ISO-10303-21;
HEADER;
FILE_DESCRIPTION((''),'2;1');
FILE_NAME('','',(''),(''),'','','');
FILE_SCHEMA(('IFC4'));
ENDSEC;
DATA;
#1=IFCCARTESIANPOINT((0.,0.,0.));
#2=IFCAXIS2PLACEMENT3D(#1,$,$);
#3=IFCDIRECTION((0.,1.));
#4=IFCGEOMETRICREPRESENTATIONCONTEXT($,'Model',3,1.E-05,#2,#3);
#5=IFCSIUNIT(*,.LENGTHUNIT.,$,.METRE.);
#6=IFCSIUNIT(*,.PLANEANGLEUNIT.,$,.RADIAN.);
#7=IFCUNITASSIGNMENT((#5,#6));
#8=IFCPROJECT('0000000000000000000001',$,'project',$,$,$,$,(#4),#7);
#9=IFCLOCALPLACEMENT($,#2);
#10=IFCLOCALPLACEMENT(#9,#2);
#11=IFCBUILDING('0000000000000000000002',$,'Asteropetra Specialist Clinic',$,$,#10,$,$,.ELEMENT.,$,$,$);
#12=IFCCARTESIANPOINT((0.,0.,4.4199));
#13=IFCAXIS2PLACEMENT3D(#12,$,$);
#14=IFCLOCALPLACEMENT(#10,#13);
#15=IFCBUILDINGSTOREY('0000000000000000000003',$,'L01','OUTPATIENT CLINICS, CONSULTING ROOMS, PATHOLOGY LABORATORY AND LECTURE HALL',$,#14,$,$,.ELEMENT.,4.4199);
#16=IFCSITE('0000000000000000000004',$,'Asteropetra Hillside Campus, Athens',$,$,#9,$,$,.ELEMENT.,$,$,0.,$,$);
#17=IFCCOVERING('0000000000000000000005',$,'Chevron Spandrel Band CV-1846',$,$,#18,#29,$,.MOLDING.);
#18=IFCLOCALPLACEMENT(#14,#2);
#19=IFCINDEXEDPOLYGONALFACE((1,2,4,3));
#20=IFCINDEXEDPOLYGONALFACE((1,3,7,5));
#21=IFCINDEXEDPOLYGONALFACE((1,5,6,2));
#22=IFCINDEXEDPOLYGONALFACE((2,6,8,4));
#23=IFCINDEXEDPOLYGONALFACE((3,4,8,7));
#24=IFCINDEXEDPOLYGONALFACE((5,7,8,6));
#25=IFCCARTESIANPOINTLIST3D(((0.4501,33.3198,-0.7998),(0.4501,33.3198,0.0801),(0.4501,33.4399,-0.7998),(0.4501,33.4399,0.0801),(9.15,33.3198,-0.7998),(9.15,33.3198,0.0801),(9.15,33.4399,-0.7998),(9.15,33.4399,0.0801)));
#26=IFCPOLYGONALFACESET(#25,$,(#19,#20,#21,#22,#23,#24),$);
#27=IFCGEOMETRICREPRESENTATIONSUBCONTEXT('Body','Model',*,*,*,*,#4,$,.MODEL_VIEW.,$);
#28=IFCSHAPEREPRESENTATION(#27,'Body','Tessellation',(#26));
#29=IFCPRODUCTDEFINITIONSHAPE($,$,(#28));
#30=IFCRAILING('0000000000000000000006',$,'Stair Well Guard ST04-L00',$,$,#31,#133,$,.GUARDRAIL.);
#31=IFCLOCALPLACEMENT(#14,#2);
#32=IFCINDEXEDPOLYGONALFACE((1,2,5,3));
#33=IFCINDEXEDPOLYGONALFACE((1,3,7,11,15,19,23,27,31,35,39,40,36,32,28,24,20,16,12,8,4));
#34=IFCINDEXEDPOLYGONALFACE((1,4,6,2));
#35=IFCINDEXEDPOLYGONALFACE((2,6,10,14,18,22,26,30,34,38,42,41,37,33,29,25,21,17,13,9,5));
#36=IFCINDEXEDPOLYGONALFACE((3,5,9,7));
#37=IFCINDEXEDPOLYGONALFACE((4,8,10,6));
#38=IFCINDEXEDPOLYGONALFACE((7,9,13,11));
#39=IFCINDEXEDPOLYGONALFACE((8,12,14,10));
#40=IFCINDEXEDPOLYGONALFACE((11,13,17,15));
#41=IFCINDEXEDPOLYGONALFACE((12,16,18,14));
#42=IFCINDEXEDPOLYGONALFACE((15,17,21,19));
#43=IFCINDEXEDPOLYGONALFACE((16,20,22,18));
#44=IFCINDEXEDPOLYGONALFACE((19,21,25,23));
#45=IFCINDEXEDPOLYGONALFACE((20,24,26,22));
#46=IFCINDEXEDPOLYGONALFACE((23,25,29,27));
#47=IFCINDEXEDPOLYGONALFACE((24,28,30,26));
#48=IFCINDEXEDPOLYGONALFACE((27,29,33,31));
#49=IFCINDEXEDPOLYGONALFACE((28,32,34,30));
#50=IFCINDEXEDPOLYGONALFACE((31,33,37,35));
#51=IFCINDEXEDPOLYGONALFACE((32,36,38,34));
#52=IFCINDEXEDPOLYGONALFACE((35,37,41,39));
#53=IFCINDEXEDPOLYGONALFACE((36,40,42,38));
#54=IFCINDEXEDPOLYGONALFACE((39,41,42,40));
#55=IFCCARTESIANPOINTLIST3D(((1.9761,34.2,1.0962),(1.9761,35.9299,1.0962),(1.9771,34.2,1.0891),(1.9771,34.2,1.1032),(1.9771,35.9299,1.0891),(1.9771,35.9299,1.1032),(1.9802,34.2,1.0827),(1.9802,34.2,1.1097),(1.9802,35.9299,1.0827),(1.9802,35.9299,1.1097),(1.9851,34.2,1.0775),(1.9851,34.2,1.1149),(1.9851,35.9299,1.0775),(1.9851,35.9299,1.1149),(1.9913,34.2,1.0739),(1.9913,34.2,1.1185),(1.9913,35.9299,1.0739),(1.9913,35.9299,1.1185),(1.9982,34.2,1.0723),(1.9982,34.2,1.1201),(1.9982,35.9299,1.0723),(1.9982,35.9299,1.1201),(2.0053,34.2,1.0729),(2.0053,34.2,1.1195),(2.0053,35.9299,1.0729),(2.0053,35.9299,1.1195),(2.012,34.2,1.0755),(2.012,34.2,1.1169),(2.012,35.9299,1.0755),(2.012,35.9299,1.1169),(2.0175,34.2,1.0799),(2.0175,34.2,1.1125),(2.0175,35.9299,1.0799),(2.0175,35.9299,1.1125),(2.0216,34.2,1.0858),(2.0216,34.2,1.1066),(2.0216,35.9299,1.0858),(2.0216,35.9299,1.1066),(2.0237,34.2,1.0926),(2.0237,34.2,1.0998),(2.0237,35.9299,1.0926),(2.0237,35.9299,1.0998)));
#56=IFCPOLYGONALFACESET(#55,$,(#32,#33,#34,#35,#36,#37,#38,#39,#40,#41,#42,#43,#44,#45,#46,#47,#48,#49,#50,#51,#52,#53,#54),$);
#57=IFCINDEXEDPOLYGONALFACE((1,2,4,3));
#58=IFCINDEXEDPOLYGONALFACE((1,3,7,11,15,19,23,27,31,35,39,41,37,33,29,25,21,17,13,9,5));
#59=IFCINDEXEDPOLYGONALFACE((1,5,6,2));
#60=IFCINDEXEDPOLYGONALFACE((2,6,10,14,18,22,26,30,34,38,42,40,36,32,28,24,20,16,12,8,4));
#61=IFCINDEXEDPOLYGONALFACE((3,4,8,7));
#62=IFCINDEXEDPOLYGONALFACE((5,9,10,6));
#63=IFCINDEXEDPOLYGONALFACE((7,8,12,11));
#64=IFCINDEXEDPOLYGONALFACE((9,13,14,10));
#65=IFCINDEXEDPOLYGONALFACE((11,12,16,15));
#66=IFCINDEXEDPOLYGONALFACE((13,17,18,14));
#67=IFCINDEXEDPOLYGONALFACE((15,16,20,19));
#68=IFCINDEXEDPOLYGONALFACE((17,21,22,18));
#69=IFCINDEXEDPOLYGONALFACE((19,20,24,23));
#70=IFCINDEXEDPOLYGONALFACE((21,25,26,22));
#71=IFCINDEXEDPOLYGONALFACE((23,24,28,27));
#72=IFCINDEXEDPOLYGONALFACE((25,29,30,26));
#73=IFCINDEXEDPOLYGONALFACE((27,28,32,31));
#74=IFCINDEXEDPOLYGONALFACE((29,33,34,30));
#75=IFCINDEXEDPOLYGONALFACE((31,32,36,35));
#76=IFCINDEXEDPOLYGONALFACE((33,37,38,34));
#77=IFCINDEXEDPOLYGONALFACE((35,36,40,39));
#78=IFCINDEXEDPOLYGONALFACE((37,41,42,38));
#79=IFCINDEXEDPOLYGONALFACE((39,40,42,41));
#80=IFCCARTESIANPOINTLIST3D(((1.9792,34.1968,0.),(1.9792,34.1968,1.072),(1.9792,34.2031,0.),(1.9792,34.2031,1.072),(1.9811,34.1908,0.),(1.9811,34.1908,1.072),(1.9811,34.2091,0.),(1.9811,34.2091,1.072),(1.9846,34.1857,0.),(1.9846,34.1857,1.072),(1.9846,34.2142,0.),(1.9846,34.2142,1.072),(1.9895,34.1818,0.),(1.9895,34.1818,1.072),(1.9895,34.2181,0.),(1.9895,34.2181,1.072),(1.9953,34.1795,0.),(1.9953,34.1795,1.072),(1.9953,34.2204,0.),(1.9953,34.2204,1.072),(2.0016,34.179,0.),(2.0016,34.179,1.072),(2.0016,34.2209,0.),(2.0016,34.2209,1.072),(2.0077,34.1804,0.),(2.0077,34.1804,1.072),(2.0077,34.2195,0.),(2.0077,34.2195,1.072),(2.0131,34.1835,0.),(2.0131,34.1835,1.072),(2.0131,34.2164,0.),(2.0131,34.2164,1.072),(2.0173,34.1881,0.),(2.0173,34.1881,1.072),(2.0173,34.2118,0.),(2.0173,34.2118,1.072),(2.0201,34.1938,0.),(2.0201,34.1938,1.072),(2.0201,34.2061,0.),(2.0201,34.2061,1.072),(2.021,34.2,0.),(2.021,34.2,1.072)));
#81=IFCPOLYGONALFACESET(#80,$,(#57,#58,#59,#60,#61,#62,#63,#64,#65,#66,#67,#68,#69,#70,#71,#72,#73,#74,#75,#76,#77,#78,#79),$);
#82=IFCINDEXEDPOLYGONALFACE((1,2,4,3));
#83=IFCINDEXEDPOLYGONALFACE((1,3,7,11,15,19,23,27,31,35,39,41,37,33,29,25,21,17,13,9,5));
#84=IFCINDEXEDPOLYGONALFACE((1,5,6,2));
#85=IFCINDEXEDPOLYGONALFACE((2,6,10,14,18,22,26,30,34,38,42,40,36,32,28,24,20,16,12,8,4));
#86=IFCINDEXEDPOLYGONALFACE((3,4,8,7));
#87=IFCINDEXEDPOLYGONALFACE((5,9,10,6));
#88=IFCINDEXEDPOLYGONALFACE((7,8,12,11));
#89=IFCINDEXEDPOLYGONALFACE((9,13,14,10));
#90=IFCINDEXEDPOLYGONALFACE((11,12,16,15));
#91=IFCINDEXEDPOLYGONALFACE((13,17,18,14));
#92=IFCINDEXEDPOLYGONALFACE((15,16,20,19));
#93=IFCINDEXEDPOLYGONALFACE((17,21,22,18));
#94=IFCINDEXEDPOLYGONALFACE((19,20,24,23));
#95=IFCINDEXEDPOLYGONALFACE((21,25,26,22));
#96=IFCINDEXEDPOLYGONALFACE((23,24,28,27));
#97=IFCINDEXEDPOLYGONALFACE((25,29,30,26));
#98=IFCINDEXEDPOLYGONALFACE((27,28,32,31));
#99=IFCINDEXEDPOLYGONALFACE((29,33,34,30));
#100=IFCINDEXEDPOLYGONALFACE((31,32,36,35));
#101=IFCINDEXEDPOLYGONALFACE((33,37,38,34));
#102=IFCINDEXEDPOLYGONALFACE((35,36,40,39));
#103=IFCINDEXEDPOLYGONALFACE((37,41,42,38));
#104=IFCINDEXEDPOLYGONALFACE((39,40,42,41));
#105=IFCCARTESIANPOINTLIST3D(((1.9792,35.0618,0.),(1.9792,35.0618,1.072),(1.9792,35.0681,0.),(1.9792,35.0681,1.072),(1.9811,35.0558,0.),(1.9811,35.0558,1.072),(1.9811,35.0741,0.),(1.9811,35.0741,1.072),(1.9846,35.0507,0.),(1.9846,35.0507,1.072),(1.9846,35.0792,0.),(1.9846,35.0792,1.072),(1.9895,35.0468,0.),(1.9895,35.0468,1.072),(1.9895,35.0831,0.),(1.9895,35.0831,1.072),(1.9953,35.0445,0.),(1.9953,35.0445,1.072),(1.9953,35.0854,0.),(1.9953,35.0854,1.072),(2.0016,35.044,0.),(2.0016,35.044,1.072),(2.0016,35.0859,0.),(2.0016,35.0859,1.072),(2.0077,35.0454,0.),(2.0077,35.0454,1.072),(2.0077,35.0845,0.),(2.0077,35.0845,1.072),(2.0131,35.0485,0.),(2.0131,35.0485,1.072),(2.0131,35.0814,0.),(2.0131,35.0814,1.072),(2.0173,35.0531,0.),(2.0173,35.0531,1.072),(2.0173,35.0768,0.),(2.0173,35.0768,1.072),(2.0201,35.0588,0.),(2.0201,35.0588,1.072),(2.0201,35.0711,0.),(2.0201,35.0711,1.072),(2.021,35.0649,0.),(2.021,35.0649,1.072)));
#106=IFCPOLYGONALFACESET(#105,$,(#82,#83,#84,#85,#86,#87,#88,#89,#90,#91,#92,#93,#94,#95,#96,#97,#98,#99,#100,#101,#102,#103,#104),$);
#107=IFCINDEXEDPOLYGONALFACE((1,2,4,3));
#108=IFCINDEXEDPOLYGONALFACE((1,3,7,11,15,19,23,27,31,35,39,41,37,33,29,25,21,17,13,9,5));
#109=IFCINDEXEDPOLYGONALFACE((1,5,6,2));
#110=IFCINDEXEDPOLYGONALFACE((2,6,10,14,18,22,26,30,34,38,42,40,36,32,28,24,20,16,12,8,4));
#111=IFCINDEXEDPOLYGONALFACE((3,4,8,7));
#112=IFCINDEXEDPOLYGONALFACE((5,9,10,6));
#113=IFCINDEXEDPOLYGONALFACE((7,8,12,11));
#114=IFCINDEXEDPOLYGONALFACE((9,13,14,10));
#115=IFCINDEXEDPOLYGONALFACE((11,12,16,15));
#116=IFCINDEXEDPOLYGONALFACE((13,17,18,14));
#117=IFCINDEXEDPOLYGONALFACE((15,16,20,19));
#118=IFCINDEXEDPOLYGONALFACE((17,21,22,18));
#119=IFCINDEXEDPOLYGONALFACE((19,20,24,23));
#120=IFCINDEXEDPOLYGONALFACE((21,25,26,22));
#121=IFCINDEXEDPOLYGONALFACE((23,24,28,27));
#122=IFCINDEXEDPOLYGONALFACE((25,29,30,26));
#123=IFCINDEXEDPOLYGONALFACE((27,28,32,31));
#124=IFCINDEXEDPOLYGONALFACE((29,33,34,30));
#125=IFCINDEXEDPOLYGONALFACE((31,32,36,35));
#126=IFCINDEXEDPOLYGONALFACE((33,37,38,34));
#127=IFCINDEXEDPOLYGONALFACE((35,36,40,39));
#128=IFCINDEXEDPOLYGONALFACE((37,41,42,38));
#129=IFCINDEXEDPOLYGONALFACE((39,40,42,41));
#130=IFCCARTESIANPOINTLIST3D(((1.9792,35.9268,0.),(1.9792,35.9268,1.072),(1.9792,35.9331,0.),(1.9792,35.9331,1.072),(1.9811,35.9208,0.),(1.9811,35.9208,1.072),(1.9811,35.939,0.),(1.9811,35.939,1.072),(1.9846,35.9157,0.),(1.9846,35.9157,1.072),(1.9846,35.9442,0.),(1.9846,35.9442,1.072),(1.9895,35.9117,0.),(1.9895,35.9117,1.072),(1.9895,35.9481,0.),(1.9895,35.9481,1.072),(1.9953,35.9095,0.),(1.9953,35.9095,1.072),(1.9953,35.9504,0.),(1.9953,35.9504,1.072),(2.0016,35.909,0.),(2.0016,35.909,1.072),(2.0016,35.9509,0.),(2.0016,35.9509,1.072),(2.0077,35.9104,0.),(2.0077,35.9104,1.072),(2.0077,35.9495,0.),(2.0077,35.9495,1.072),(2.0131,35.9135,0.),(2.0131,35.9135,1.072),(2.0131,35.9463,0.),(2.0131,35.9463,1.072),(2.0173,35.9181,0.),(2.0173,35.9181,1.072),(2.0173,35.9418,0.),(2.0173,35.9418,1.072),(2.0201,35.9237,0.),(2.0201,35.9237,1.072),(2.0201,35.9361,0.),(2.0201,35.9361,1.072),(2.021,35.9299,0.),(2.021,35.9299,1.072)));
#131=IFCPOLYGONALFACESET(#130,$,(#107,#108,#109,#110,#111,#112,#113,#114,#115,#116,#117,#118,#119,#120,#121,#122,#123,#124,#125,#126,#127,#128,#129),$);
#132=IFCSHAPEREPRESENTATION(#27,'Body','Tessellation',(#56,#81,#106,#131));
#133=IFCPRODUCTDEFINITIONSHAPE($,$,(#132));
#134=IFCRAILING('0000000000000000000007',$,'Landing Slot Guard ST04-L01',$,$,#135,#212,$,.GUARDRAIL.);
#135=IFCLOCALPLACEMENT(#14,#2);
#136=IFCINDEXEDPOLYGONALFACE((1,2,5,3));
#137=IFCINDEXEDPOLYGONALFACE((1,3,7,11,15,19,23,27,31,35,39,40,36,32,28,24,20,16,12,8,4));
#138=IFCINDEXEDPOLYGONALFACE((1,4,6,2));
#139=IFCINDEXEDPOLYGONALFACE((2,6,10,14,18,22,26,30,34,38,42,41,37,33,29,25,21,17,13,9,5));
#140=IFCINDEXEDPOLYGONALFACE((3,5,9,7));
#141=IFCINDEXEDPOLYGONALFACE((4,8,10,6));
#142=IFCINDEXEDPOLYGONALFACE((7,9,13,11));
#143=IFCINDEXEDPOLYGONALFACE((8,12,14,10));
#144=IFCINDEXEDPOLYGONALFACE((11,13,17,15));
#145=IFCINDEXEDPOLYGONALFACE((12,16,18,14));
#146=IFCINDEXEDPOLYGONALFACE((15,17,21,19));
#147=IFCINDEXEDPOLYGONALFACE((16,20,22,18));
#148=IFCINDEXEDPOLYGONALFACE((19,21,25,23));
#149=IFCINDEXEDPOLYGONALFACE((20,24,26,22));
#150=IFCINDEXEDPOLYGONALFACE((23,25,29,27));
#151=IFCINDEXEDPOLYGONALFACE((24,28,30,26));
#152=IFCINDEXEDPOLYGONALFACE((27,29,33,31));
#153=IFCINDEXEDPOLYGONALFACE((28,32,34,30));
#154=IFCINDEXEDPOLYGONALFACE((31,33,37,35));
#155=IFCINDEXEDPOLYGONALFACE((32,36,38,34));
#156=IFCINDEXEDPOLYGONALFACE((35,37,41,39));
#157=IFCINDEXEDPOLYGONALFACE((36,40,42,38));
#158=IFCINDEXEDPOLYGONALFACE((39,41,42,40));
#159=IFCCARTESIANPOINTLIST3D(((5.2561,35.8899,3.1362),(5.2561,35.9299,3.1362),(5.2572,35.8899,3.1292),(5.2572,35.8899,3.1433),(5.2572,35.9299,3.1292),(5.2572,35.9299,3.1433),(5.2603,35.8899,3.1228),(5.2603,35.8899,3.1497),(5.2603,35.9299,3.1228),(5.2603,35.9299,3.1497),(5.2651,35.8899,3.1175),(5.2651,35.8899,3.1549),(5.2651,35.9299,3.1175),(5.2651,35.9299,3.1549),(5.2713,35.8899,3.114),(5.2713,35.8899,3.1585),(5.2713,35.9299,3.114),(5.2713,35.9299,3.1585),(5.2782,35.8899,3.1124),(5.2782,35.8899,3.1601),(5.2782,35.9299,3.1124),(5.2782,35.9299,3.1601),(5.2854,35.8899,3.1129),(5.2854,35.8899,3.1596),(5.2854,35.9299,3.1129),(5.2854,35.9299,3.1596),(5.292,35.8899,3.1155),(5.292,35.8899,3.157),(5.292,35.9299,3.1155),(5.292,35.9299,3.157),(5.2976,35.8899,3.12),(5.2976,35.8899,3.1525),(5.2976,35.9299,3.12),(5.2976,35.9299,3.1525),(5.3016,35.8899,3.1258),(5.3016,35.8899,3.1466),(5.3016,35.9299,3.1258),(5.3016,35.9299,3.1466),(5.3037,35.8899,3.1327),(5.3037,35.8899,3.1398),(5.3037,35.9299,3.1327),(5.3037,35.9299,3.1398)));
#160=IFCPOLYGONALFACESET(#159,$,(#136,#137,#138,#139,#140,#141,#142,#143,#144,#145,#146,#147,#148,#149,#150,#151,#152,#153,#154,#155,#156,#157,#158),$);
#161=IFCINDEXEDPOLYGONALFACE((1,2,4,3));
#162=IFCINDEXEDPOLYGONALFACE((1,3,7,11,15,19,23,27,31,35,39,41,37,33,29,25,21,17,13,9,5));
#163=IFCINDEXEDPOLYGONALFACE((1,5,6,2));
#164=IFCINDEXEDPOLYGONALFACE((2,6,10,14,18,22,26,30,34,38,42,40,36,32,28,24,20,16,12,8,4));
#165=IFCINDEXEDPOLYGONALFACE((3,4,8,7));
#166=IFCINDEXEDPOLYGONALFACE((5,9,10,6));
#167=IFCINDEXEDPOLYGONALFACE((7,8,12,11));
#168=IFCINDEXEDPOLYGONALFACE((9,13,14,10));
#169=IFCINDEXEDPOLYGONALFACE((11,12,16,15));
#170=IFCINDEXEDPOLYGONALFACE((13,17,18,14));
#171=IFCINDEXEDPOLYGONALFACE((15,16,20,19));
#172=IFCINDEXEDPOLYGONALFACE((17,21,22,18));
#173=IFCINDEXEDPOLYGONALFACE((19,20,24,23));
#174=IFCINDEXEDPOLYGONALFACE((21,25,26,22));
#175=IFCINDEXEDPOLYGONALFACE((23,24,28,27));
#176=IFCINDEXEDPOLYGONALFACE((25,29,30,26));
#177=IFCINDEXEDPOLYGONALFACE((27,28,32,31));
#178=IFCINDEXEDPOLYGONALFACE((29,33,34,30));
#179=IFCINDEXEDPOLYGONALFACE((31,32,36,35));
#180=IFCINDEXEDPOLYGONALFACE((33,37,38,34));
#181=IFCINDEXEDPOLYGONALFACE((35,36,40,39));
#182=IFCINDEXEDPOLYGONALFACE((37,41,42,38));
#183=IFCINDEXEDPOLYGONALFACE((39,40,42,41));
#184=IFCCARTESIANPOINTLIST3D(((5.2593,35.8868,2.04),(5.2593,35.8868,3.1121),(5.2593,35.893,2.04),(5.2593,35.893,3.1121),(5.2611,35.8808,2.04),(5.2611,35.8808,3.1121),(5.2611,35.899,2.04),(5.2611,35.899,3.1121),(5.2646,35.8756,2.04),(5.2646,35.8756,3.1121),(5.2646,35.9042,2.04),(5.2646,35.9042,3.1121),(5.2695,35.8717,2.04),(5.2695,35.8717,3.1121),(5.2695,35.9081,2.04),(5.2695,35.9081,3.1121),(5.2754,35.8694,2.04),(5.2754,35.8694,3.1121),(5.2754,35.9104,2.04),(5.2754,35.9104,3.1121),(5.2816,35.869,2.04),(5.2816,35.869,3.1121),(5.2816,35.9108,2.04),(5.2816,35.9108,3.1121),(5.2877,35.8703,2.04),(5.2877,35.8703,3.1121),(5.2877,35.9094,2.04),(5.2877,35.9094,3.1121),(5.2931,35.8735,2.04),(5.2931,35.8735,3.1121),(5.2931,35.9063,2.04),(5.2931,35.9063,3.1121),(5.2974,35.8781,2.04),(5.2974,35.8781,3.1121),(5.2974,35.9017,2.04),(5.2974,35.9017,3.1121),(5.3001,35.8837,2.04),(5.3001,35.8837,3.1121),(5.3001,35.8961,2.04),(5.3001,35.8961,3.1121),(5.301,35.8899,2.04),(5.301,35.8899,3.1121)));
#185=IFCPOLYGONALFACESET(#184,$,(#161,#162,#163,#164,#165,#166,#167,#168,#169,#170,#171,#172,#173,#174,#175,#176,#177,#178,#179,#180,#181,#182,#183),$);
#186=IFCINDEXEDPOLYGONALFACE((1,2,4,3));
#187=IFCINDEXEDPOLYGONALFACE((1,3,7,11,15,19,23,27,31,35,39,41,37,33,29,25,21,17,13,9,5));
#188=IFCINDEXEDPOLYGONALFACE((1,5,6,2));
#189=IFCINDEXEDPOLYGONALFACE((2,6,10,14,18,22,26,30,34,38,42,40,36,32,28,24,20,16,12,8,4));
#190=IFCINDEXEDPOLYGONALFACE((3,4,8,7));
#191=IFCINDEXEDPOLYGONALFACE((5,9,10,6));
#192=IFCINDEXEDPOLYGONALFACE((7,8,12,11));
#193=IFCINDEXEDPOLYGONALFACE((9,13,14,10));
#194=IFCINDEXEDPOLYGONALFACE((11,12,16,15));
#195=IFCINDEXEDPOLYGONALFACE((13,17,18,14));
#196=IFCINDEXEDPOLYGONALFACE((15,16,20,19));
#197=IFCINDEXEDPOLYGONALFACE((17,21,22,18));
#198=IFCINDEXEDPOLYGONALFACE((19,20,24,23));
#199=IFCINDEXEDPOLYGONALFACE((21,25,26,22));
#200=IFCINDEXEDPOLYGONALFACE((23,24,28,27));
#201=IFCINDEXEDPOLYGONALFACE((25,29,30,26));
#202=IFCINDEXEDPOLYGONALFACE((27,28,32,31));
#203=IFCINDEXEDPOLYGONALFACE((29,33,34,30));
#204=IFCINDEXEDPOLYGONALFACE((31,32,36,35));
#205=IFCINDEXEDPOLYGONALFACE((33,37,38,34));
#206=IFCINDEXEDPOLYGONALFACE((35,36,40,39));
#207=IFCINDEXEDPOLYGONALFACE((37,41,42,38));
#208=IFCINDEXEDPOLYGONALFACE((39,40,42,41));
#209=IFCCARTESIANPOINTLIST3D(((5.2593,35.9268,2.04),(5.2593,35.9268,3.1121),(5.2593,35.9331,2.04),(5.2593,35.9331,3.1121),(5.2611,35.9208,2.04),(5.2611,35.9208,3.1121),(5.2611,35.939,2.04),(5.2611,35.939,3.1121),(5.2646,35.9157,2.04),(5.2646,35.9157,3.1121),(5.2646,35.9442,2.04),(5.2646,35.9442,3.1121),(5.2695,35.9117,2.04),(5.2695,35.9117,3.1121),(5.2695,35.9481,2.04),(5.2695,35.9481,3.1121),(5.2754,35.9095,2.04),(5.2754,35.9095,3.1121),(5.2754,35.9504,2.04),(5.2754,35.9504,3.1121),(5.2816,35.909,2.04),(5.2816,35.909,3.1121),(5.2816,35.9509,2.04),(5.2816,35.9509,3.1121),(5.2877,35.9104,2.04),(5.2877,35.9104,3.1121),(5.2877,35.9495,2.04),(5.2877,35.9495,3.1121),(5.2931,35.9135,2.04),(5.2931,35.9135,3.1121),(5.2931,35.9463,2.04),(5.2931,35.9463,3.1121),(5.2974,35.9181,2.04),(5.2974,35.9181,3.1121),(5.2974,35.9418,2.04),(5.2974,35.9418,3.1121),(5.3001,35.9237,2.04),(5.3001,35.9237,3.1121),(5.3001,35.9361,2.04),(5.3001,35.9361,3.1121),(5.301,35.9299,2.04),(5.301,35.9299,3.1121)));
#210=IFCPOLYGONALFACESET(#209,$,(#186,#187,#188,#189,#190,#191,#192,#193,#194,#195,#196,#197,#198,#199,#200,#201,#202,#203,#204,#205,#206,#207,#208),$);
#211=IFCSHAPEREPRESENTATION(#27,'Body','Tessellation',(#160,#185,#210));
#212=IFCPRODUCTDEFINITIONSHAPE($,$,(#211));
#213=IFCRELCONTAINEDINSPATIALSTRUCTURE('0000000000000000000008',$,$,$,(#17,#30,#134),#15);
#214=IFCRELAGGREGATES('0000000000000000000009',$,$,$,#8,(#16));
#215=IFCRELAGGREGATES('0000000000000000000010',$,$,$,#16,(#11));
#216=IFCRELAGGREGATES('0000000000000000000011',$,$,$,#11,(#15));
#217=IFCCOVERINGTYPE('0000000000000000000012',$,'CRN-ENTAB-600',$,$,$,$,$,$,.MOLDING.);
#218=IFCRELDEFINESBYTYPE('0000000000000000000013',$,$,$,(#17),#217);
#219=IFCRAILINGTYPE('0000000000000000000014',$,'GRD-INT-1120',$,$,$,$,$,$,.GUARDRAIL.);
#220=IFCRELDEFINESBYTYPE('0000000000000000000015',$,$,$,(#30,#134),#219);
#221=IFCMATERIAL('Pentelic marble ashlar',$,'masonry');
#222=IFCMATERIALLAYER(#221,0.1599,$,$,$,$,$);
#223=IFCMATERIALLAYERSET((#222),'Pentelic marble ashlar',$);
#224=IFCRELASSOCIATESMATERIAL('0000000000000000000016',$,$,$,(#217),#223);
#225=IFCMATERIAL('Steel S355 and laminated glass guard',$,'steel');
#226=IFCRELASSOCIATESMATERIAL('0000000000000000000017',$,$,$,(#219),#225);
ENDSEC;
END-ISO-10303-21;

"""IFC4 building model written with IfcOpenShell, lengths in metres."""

from ifc_helpers import new_model, si_unit, direction, frame, origin, origin_2d, place, context, subcontext, project, spatial, rectangle, circle, extrude, material, layer, layer_set, type_object, element, save


model = new_model("IFC4")

# Units and contexts
model_context = context("Model", 3, precision=1e-05, world=origin(), true_north=direction((0.0, 1.0)))
body_context = subcontext(model_context, "Body", "Model", "MODEL_VIEW")
ifc_project = project(units=[si_unit("LENGTHUNIT", "METRE"), si_unit("PLANEANGLEUNIT", "RADIAN")], contexts=[model_context])

# Site, building, storey
site_placement = place(None, origin())
site = spatial("IfcSite", under=ifc_project, at=site_placement, Name="Asteropetra Hillside Campus, Athens", CompositionType="ELEMENT", RefElevation=0.0)
building_placement = place(site_placement, origin())
building = spatial("IfcBuilding", under=site, at=building_placement, Name="Asteropetra Specialist Clinic", CompositionType="ELEMENT")
storey_placement = place(building_placement, frame((0.0, 0.0, 4.4199)))
storey = spatial("IfcBuildingStorey", under=building, at=storey_placement, Name="L01", Description="OUTPATIENT CLINICS, CONSULTING ROOMS, PATHOLOGY LABORATORY AND LECTURE HALL", CompositionType="ELEMENT", Elevation=4.4199)

# Covering
ifc_material_1 = material(Name="Pentelic marble ashlar", Category="masonry")
ifc_layer_1 = layer(ifc_material_1, 0.1599)
ifc_layer_set_1 = layer_set([ifc_layer_1], Name="Pentelic marble ashlar")
covering_type = type_object("IfcCoveringType", Name="CRN-ENTAB-600", PredefinedType="MOLDING", material=ifc_layer_set_1)
covering_1_placement = place(storey_placement, frame((4.8, 33.3799, -0.7998), z_axis=(0.0, 0.0, 1.0), x_axis=(1.0, 0.0, 0.0)))
element("IfcCovering", 1, at=covering_1_placement, inside=storey, type_object=covering_type, Name="Chevron Spandrel Band CV-1846", PredefinedType="MOLDING", context=body_context, shape_type="SweptSolid", body=[
    extrude(rectangle(XDim=8.7, YDim=0.1201, at=origin_2d()), origin(), (0.0, 0.0, 1.0), 0.8799),
])

# Railings
ifc_material_2 = material(Name="Steel S355 and laminated glass guard", Category="steel")
railing_type_1 = type_object("IfcRailingType", Name="GRD-INT-1120", PredefinedType="GUARDRAIL", material=ifc_material_2)
railing_1_placement = place(storey_placement, frame((2.0, 34.2, 0.0)))
element("IfcRailing", 2, at=railing_1_placement, inside=storey, type_object=railing_type_1, Name="Stair Well Guard ST04-L00", PredefinedType="GUARDRAIL", context=body_context, shape_type="SweptSolid", body=[
    extrude(circle(Radius=0.0239, at=origin_2d()), frame((0.0, 0.0, 1.0962), z_axis=(0.0, 1.0, 0.0), x_axis=(-1.0, 0.0, 0.0)), (0.0, 0.0, 1.0), 1.73),
    extrude(circle(Radius=0.021, at=origin_2d()), origin(), (0.0, 0.0, 1.0), 1.072),
    extrude(circle(Radius=0.021, at=origin_2d()), frame((0.0, 0.865, 0.0)), (0.0, 0.0, 1.0), 1.072),
    extrude(circle(Radius=0.021, at=origin_2d()), frame((0.0, 1.73, 0.0)), (0.0, 0.0, 1.0), 1.072),
])
railing_2_placement = place(storey_placement, frame((5.28, 35.8899, 2.04)))
element("IfcRailing", 3, at=railing_2_placement, inside=storey, type_object=railing_type_1, Name="Landing Slot Guard ST04-L01", PredefinedType="GUARDRAIL", context=body_context, shape_type="SweptSolid", body=[
    extrude(circle(Radius=0.0239, at=origin_2d()), frame((0.0, 0.0, 1.0962), z_axis=(0.0, 1.0, 0.0), x_axis=(-1.0, 0.0, 0.0)), (0.0, 0.0, 1.0), 0.04),
    extrude(circle(Radius=0.021, at=origin_2d()), origin(), (0.0, 0.0, 1.0), 1.072),
    extrude(circle(Radius=0.021, at=origin_2d()), frame((0.0, 0.04, 0.0)), (0.0, 0.0, 1.0), 1.072),
])

save(model, "model.ifc")
